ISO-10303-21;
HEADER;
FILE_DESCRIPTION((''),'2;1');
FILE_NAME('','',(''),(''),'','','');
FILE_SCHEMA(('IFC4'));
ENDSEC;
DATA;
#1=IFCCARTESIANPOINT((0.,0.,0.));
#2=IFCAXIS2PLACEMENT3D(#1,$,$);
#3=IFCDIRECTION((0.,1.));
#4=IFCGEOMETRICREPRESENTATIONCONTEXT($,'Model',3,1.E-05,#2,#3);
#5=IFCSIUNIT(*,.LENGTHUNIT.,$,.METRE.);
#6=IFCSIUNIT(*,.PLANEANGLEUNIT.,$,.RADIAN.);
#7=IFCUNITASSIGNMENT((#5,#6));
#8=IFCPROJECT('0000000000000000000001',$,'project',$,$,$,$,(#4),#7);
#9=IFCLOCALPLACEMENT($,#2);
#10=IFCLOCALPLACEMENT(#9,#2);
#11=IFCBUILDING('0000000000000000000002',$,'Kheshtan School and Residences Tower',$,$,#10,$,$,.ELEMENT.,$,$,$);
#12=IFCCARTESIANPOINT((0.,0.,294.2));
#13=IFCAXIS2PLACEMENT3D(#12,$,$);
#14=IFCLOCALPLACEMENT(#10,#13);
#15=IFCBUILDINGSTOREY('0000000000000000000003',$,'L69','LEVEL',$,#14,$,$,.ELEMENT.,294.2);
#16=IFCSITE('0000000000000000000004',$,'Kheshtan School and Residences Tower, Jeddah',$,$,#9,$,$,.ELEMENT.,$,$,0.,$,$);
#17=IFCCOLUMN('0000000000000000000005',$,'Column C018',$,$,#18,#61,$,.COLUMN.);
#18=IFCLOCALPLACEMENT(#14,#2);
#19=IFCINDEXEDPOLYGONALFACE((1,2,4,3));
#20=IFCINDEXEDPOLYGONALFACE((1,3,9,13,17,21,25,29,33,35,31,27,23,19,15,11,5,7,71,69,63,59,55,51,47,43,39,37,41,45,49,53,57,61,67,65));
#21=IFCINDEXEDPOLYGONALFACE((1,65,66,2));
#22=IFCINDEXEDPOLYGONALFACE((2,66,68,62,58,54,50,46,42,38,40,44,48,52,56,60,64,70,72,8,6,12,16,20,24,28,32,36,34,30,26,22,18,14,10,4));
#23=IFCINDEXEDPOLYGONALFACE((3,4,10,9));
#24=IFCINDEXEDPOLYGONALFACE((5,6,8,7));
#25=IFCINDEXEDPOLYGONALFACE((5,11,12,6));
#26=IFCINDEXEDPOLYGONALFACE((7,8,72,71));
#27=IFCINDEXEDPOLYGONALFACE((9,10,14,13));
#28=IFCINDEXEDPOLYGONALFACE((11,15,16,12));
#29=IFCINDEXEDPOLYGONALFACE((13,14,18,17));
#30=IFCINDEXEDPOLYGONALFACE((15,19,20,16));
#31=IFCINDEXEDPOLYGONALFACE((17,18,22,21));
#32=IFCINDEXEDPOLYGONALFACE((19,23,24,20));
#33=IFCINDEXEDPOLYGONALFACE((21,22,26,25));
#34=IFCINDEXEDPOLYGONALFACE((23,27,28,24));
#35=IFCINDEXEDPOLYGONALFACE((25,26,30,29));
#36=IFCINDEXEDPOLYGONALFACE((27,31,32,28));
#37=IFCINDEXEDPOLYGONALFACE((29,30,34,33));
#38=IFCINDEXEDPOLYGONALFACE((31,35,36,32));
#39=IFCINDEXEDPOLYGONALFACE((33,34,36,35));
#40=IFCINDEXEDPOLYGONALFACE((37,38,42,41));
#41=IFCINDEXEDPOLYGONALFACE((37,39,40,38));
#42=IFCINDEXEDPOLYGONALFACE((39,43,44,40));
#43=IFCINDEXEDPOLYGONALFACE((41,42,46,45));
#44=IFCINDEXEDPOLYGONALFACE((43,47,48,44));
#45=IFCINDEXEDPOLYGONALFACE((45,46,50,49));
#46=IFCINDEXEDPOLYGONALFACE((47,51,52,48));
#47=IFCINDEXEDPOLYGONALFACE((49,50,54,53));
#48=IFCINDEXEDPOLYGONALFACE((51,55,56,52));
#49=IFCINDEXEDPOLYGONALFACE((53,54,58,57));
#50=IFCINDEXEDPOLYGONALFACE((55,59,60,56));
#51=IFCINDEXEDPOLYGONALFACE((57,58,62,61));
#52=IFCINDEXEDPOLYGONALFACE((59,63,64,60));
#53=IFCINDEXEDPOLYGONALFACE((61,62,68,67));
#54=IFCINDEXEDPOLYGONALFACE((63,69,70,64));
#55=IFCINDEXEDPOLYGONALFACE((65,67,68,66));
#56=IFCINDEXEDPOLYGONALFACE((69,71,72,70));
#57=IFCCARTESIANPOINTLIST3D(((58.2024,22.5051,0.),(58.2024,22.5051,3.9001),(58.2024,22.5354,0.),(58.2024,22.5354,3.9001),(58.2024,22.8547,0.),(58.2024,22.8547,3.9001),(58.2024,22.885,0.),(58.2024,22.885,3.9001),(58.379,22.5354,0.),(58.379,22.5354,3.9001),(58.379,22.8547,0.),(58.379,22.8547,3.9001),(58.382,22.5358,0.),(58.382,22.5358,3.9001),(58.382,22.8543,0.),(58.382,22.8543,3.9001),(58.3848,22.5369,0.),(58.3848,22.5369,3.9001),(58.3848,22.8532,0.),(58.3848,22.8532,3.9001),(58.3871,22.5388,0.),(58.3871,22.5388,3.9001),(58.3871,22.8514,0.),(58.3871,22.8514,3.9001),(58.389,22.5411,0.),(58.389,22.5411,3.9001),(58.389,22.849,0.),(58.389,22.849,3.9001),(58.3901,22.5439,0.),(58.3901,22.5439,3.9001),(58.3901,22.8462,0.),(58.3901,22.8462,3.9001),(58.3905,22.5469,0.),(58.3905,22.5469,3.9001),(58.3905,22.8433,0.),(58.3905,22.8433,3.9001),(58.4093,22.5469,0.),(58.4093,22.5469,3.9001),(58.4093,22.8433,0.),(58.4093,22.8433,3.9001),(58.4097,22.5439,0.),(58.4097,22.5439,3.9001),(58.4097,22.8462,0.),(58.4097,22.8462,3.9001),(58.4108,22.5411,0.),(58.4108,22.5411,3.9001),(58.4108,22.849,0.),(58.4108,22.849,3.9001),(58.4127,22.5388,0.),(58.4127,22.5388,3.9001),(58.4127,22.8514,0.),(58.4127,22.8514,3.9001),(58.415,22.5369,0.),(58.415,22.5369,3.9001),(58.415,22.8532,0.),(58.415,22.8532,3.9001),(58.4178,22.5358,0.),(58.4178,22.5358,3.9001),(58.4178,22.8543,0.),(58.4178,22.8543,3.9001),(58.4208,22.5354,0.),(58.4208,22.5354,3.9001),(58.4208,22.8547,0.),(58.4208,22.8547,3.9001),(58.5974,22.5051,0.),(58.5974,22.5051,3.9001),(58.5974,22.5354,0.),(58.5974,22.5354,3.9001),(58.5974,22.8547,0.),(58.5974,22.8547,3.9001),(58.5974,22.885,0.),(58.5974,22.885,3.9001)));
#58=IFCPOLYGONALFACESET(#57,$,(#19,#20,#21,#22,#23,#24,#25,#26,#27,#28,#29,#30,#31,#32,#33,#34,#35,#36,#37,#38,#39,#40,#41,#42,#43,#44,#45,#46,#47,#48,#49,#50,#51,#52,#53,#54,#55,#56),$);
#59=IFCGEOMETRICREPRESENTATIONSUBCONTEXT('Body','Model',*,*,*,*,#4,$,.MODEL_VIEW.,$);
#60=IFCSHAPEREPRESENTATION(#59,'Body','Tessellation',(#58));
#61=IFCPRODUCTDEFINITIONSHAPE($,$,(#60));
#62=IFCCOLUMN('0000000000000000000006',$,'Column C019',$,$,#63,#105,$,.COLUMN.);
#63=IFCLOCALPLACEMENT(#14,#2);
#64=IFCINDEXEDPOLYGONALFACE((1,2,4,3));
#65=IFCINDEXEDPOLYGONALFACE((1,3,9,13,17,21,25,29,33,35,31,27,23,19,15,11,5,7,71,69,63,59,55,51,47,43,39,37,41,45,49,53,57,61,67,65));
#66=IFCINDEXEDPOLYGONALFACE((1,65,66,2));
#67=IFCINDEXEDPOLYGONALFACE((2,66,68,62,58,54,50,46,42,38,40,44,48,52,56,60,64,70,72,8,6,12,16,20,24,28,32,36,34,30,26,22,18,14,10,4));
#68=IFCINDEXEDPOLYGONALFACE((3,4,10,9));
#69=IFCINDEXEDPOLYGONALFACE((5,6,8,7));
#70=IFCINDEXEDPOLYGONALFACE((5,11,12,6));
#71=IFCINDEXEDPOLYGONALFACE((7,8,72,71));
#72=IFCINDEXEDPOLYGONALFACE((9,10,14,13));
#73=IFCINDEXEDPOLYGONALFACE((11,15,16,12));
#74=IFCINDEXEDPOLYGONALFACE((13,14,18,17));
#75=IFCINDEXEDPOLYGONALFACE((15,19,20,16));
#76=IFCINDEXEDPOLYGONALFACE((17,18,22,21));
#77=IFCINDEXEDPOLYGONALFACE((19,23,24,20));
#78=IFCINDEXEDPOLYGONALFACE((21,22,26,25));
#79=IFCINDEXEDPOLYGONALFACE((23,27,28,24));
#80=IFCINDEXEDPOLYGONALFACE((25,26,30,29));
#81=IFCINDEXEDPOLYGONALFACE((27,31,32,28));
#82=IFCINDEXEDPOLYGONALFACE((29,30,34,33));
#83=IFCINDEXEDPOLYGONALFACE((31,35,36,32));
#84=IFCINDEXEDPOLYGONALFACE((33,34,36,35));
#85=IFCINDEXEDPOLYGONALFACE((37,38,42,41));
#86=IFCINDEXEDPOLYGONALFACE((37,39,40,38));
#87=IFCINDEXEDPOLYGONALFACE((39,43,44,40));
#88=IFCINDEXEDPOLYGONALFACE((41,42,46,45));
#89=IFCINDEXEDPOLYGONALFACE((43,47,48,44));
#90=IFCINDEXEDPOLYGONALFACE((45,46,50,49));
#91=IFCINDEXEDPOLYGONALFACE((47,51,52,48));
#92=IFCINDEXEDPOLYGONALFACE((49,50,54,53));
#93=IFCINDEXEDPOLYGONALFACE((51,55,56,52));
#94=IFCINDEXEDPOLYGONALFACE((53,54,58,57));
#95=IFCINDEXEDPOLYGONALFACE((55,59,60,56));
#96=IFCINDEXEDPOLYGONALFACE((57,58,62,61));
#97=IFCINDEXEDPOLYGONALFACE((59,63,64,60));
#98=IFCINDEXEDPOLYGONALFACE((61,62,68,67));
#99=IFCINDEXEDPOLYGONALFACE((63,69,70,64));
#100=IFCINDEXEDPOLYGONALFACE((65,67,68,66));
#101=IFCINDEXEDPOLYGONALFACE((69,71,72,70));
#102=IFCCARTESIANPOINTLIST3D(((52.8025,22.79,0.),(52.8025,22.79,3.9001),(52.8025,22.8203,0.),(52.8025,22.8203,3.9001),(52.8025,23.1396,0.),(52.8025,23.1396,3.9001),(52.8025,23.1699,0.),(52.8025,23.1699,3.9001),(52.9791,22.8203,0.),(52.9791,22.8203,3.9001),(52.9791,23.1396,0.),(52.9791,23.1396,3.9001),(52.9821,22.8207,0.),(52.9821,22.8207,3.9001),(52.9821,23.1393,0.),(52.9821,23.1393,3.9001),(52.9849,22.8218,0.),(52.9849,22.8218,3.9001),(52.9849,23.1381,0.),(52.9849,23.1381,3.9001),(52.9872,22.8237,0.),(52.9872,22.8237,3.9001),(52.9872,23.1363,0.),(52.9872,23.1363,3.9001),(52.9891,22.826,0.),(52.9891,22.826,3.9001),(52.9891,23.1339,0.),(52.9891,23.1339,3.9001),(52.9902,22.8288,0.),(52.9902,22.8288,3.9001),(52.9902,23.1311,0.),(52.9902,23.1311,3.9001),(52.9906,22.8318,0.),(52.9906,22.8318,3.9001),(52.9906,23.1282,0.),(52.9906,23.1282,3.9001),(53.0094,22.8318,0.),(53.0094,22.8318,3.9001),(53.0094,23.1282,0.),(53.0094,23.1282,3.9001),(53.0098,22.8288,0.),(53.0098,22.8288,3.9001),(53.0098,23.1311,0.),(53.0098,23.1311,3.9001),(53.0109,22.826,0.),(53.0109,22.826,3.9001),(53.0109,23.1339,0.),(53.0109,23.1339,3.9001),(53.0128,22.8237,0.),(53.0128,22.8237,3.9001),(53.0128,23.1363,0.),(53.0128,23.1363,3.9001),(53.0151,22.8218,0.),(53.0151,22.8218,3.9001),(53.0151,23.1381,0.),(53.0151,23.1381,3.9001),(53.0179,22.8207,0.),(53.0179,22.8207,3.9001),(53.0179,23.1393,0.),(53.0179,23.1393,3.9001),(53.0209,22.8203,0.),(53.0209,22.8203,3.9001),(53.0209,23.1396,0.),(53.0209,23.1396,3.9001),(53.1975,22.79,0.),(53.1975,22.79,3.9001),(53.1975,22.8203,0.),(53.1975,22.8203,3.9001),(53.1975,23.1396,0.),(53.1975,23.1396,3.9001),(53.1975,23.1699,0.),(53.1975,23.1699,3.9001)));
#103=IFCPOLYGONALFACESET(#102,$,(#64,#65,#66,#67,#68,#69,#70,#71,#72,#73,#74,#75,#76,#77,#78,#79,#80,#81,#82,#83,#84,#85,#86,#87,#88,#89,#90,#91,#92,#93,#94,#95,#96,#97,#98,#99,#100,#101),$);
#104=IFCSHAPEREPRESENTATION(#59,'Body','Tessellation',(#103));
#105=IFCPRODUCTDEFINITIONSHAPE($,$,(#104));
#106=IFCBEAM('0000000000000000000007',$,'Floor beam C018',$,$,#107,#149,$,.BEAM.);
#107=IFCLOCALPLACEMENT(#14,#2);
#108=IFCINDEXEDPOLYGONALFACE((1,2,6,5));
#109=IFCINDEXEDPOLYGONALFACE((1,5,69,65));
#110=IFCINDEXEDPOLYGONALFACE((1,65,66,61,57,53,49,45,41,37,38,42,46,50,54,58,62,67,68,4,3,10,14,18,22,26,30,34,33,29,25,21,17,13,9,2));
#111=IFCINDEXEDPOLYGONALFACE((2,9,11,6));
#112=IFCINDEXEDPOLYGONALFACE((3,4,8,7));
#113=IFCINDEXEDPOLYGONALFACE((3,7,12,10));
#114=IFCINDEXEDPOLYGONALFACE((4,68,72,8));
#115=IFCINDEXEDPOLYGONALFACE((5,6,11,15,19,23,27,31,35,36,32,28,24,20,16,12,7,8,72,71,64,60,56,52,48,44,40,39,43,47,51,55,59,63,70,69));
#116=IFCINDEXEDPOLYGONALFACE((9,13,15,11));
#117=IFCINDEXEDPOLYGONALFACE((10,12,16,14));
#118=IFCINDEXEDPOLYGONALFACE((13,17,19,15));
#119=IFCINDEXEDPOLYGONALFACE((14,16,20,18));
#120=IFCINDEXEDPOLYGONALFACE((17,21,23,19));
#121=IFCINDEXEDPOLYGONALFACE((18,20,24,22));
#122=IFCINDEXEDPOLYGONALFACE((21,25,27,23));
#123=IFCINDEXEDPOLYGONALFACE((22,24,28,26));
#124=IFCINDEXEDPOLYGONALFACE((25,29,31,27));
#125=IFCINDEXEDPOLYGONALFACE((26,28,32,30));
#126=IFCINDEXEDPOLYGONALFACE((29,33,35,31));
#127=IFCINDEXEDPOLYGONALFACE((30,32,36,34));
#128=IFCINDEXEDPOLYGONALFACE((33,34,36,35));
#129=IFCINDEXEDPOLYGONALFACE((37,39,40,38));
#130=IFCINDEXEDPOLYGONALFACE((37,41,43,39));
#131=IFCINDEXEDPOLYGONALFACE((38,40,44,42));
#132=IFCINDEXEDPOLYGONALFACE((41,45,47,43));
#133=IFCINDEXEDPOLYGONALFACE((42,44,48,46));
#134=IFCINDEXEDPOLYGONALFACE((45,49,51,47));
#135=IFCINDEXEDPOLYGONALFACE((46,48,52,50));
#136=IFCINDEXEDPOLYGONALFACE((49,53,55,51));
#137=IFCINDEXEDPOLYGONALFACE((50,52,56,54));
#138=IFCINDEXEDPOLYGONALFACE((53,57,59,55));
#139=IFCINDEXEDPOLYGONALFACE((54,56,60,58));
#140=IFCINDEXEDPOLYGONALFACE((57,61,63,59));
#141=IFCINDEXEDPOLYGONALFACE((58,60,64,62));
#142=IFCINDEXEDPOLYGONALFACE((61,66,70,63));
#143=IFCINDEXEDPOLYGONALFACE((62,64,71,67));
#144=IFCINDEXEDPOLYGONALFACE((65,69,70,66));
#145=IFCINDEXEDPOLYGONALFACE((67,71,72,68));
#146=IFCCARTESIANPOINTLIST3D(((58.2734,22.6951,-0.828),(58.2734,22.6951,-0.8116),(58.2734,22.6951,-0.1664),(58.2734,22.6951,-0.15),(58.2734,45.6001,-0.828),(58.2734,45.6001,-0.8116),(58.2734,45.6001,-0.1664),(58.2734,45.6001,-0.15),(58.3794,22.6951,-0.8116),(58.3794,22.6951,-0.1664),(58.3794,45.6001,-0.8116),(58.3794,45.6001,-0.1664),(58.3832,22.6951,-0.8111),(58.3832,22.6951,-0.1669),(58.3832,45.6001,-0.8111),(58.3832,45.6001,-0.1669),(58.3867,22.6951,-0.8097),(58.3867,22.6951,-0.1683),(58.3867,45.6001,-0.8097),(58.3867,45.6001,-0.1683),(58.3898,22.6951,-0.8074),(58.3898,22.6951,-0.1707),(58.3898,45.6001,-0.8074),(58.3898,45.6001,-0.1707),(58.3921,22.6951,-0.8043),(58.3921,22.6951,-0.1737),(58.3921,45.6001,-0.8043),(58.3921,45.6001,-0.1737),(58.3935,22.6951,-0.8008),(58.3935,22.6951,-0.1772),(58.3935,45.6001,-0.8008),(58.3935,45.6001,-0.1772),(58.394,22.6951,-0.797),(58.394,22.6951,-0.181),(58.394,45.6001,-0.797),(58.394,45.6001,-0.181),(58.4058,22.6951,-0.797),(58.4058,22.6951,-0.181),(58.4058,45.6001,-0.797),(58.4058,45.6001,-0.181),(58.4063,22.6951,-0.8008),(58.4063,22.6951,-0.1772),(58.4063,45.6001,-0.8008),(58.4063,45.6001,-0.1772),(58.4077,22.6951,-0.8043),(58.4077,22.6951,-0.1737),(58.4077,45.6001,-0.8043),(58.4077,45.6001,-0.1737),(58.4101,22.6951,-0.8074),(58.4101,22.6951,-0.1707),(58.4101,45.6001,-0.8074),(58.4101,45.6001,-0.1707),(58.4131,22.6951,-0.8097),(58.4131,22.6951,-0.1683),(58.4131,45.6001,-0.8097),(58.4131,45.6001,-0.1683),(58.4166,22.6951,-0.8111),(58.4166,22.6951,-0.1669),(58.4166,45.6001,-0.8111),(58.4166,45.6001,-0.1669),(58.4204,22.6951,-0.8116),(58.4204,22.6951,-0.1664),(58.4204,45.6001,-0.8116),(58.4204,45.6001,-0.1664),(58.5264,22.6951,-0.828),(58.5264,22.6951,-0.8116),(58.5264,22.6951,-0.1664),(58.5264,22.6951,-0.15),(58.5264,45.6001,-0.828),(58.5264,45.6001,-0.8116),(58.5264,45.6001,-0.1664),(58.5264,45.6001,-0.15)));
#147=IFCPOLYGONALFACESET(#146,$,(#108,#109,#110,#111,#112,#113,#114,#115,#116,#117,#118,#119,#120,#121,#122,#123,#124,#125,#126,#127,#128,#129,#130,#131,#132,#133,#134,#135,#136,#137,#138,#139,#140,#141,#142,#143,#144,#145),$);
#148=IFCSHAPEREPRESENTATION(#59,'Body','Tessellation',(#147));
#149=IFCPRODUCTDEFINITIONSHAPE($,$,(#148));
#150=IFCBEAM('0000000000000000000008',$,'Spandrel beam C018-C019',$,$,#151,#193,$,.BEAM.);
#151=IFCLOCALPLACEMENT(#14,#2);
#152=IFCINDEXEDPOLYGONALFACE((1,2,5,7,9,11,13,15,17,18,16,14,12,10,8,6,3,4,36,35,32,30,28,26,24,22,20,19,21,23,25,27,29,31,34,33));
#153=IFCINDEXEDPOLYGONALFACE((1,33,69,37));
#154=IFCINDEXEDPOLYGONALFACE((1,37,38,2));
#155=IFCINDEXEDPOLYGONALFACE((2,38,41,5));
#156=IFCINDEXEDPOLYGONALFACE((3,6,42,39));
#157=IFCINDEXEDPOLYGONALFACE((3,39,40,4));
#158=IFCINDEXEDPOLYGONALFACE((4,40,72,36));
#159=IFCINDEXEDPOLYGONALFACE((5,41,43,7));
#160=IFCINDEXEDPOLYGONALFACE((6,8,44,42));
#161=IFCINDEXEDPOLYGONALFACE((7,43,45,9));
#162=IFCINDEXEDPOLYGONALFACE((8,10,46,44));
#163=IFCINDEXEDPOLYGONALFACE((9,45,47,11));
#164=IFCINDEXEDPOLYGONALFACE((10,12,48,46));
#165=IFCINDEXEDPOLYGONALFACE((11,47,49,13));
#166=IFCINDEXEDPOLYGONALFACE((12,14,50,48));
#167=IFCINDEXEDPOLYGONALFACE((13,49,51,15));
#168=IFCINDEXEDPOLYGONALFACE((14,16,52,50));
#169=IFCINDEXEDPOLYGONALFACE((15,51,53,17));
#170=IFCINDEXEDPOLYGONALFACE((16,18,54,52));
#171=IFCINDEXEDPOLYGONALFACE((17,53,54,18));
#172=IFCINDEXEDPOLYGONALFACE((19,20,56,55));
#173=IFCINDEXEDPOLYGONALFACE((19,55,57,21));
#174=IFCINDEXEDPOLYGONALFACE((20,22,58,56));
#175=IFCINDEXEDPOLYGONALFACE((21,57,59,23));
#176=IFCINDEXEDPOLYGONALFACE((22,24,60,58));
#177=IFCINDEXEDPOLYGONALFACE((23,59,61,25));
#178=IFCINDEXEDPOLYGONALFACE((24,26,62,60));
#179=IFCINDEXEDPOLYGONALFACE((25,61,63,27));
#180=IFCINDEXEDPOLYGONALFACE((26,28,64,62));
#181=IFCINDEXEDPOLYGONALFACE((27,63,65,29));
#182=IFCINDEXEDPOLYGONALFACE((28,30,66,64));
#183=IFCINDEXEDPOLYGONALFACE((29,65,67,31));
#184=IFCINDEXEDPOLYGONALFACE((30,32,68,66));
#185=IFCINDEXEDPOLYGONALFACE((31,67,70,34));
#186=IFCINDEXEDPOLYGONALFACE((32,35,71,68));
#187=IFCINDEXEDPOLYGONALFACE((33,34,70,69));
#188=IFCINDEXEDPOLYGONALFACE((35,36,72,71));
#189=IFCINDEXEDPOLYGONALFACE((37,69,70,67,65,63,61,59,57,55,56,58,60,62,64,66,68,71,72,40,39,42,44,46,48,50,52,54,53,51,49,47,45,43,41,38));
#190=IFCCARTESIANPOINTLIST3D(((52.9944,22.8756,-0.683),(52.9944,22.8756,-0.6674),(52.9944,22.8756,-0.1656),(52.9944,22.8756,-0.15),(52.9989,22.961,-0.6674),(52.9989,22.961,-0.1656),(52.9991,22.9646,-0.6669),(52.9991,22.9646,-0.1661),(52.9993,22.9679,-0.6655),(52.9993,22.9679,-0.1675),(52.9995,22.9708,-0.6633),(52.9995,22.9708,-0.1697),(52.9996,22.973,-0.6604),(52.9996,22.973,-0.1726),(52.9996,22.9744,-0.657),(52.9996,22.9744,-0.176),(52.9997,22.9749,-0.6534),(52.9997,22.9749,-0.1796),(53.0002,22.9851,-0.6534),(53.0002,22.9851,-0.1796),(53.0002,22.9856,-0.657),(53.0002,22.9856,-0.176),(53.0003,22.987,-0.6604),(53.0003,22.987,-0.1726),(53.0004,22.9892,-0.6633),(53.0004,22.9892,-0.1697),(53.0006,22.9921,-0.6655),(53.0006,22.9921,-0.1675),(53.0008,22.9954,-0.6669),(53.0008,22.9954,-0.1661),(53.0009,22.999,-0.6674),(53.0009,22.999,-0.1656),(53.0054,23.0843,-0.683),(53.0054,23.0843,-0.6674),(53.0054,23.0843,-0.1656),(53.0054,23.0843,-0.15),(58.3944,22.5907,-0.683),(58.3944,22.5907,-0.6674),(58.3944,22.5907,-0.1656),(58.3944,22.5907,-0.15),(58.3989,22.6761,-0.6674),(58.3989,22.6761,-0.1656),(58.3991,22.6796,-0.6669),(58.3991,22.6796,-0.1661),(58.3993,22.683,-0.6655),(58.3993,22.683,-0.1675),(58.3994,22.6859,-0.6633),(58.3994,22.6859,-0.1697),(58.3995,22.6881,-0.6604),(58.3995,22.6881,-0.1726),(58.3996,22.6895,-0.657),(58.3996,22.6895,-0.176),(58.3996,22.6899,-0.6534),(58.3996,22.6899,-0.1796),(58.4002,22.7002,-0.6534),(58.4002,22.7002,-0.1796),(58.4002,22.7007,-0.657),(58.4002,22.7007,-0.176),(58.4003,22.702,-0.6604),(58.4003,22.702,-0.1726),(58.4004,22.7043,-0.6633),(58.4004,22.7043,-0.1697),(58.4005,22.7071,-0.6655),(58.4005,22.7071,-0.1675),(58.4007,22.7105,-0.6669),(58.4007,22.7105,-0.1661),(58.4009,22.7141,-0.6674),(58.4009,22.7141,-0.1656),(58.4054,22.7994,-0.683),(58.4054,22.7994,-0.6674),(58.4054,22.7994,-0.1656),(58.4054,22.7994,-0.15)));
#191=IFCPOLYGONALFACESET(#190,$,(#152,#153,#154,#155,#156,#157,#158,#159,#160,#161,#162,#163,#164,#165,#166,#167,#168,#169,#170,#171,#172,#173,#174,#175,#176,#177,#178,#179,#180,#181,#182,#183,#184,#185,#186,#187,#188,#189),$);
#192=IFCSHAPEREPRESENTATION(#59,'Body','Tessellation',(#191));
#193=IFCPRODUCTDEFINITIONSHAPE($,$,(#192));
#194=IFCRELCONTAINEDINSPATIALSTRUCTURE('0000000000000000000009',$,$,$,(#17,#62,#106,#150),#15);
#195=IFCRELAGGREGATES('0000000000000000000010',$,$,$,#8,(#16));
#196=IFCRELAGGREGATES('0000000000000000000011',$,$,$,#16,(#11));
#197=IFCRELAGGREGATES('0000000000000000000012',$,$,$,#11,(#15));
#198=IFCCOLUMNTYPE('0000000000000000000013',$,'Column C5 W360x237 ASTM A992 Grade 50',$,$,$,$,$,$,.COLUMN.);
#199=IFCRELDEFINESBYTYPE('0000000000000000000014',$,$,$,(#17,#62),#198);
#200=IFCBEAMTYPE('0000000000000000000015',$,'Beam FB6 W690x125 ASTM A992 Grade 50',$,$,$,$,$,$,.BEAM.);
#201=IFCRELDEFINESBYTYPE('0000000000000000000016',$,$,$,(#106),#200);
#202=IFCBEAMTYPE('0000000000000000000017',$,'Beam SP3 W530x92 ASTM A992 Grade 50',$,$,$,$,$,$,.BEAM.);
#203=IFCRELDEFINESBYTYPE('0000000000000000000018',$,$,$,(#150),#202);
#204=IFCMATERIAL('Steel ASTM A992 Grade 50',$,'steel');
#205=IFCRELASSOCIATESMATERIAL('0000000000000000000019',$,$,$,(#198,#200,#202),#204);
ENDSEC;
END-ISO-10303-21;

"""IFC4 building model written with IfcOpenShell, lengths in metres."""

from ifc_helpers import new_model, si_unit, direction, frame, origin, origin_2d, place, context, subcontext, project, spatial, i_section, extrude, material, material_profile, profile_set, type_object, element, save


model = new_model("IFC4")

# Units and contexts
model_context = context("Model", 3, precision=1e-05, world=origin(), true_north=direction((0.0, 1.0)))
body_context = subcontext(model_context, "Body", "Model", "MODEL_VIEW")
ifc_project = project(units=[si_unit("LENGTHUNIT", "METRE"), si_unit("PLANEANGLEUNIT", "RADIAN")], contexts=[model_context])

# Site, building, storey
site_placement = place(None, origin())
site = spatial("IfcSite", under=ifc_project, at=site_placement, Name="Kheshtan School and Residences Tower, Jeddah", CompositionType="ELEMENT", RefElevation=0.0)
building_placement = place(site_placement, origin())
building = spatial("IfcBuilding", under=site, at=building_placement, Name="Kheshtan School and Residences Tower", CompositionType="ELEMENT")
storey_placement = place(building_placement, frame((0.0, 0.0, 294.2)))
storey = spatial("IfcBuildingStorey", under=building, at=storey_placement, Name="L69", Description="LEVEL", CompositionType="ELEMENT", Elevation=294.2)

# Columns
ifc_material_1 = material(Name="Steel ASTM A992 Grade 50", Category="steel")
ifc_material_profile_1 = material_profile(ifc_material_1, i_section(OverallWidth=0.395, OverallDepth=0.3799, WebThickness=0.0188, FlangeThickness=0.0303, FilletRadius=0.0115, at=origin_2d()), Name="W360x237")
ifc_profile_set_1 = profile_set([ifc_material_profile_1], Name="Steel ASTM A992 Grade 50")
column_type = type_object("IfcColumnType", Name="Column C5 W360x237 ASTM A992 Grade 50", PredefinedType="COLUMN", material=ifc_profile_set_1)
for number, where, z_axis, x_axis, name in (
    (1, (58.3999, 22.6951, 0.0), (0.0, 0.0, 1.0), (1.0, 0.0, 0.0), "Column C018"),
    (2, (53.0, 22.98, 0.0), (0.0, 0.0, 1.0), (1.0, 0.0, 0.0), "Column C019"),
):
    element("IfcColumn", number, at=place(storey_placement, frame(where, z_axis=z_axis, x_axis=x_axis)), inside=storey, type_object=column_type, Name=name, PredefinedType="COLUMN", context=body_context, shape_type="SweptSolid", body=[
        extrude(i_section(OverallWidth=0.395, OverallDepth=0.3799, WebThickness=0.0188, FlangeThickness=0.0303, FilletRadius=0.0115, at=origin_2d()), origin(), (0.0, 0.0, 1.0), 3.9001),
    ])

# Beams
ifc_material_profile_2 = material_profile(ifc_material_1, i_section(OverallWidth=0.2529, OverallDepth=0.678, WebThickness=0.0117, FlangeThickness=0.0164, FilletRadius=0.0146, at=origin_2d()), Name="W690x125")
ifc_profile_set_2 = profile_set([ifc_material_profile_2], Name="Steel ASTM A992 Grade 50")
beam_type_1 = type_object("IfcBeamType", Name="Beam FB6 W690x125 ASTM A992 Grade 50", PredefinedType="BEAM", material=ifc_profile_set_2)
beam_placement = place(storey_placement, frame((58.3999, 22.6951, -0.489), z_axis=(0.0, 1.0, 0.0), x_axis=(-1.0, 0.0, 0.0)))
element("IfcBeam", 3, at=beam_placement, inside=storey, type_object=beam_type_1, Name="Floor beam C018", PredefinedType="BEAM", context=body_context, shape_type="SweptSolid", body=[
    extrude(i_section(OverallWidth=0.2529, OverallDepth=0.678, WebThickness=0.0117, FlangeThickness=0.0164, FilletRadius=0.0146, at=origin_2d()), origin(), (0.0, 0.0, 1.0), 22.905),
])
ifc_material_profile_3 = material_profile(ifc_material_1, i_section(OverallWidth=0.209, OverallDepth=0.533, WebThickness=0.0103, FlangeThickness=0.0156, FilletRadius=0.0139, at=origin_2d()), Name="W530x92")
ifc_profile_set_3 = profile_set([ifc_material_profile_3], Name="Steel ASTM A992 Grade 50")
beam_type_2 = type_object("IfcBeamType", Name="Beam SP3 W530x92 ASTM A992 Grade 50", PredefinedType="BEAM", material=ifc_profile_set_3)
for number, where, z_axis, x_axis, name in (
    (4, (58.3999, 22.6951, -0.4165), (-0.998611, 0.052689, 0.0), (-0.052689, -0.998611, 0.0), "Spandrel beam C018-C019"),
):
    element("IfcBeam", number, at=place(storey_placement, frame(where, z_axis=z_axis, x_axis=x_axis)), inside=storey, type_object=beam_type_2, Name=name, PredefinedType="BEAM", context=body_context, shape_type="SweptSolid", body=[
        extrude(i_section(OverallWidth=0.209, OverallDepth=0.533, WebThickness=0.0103, FlangeThickness=0.0156, FilletRadius=0.0139, at=origin_2d()), origin(), (0.0, 0.0, 1.0), 5.4075),
    ])

save(model, "model.ifc")
